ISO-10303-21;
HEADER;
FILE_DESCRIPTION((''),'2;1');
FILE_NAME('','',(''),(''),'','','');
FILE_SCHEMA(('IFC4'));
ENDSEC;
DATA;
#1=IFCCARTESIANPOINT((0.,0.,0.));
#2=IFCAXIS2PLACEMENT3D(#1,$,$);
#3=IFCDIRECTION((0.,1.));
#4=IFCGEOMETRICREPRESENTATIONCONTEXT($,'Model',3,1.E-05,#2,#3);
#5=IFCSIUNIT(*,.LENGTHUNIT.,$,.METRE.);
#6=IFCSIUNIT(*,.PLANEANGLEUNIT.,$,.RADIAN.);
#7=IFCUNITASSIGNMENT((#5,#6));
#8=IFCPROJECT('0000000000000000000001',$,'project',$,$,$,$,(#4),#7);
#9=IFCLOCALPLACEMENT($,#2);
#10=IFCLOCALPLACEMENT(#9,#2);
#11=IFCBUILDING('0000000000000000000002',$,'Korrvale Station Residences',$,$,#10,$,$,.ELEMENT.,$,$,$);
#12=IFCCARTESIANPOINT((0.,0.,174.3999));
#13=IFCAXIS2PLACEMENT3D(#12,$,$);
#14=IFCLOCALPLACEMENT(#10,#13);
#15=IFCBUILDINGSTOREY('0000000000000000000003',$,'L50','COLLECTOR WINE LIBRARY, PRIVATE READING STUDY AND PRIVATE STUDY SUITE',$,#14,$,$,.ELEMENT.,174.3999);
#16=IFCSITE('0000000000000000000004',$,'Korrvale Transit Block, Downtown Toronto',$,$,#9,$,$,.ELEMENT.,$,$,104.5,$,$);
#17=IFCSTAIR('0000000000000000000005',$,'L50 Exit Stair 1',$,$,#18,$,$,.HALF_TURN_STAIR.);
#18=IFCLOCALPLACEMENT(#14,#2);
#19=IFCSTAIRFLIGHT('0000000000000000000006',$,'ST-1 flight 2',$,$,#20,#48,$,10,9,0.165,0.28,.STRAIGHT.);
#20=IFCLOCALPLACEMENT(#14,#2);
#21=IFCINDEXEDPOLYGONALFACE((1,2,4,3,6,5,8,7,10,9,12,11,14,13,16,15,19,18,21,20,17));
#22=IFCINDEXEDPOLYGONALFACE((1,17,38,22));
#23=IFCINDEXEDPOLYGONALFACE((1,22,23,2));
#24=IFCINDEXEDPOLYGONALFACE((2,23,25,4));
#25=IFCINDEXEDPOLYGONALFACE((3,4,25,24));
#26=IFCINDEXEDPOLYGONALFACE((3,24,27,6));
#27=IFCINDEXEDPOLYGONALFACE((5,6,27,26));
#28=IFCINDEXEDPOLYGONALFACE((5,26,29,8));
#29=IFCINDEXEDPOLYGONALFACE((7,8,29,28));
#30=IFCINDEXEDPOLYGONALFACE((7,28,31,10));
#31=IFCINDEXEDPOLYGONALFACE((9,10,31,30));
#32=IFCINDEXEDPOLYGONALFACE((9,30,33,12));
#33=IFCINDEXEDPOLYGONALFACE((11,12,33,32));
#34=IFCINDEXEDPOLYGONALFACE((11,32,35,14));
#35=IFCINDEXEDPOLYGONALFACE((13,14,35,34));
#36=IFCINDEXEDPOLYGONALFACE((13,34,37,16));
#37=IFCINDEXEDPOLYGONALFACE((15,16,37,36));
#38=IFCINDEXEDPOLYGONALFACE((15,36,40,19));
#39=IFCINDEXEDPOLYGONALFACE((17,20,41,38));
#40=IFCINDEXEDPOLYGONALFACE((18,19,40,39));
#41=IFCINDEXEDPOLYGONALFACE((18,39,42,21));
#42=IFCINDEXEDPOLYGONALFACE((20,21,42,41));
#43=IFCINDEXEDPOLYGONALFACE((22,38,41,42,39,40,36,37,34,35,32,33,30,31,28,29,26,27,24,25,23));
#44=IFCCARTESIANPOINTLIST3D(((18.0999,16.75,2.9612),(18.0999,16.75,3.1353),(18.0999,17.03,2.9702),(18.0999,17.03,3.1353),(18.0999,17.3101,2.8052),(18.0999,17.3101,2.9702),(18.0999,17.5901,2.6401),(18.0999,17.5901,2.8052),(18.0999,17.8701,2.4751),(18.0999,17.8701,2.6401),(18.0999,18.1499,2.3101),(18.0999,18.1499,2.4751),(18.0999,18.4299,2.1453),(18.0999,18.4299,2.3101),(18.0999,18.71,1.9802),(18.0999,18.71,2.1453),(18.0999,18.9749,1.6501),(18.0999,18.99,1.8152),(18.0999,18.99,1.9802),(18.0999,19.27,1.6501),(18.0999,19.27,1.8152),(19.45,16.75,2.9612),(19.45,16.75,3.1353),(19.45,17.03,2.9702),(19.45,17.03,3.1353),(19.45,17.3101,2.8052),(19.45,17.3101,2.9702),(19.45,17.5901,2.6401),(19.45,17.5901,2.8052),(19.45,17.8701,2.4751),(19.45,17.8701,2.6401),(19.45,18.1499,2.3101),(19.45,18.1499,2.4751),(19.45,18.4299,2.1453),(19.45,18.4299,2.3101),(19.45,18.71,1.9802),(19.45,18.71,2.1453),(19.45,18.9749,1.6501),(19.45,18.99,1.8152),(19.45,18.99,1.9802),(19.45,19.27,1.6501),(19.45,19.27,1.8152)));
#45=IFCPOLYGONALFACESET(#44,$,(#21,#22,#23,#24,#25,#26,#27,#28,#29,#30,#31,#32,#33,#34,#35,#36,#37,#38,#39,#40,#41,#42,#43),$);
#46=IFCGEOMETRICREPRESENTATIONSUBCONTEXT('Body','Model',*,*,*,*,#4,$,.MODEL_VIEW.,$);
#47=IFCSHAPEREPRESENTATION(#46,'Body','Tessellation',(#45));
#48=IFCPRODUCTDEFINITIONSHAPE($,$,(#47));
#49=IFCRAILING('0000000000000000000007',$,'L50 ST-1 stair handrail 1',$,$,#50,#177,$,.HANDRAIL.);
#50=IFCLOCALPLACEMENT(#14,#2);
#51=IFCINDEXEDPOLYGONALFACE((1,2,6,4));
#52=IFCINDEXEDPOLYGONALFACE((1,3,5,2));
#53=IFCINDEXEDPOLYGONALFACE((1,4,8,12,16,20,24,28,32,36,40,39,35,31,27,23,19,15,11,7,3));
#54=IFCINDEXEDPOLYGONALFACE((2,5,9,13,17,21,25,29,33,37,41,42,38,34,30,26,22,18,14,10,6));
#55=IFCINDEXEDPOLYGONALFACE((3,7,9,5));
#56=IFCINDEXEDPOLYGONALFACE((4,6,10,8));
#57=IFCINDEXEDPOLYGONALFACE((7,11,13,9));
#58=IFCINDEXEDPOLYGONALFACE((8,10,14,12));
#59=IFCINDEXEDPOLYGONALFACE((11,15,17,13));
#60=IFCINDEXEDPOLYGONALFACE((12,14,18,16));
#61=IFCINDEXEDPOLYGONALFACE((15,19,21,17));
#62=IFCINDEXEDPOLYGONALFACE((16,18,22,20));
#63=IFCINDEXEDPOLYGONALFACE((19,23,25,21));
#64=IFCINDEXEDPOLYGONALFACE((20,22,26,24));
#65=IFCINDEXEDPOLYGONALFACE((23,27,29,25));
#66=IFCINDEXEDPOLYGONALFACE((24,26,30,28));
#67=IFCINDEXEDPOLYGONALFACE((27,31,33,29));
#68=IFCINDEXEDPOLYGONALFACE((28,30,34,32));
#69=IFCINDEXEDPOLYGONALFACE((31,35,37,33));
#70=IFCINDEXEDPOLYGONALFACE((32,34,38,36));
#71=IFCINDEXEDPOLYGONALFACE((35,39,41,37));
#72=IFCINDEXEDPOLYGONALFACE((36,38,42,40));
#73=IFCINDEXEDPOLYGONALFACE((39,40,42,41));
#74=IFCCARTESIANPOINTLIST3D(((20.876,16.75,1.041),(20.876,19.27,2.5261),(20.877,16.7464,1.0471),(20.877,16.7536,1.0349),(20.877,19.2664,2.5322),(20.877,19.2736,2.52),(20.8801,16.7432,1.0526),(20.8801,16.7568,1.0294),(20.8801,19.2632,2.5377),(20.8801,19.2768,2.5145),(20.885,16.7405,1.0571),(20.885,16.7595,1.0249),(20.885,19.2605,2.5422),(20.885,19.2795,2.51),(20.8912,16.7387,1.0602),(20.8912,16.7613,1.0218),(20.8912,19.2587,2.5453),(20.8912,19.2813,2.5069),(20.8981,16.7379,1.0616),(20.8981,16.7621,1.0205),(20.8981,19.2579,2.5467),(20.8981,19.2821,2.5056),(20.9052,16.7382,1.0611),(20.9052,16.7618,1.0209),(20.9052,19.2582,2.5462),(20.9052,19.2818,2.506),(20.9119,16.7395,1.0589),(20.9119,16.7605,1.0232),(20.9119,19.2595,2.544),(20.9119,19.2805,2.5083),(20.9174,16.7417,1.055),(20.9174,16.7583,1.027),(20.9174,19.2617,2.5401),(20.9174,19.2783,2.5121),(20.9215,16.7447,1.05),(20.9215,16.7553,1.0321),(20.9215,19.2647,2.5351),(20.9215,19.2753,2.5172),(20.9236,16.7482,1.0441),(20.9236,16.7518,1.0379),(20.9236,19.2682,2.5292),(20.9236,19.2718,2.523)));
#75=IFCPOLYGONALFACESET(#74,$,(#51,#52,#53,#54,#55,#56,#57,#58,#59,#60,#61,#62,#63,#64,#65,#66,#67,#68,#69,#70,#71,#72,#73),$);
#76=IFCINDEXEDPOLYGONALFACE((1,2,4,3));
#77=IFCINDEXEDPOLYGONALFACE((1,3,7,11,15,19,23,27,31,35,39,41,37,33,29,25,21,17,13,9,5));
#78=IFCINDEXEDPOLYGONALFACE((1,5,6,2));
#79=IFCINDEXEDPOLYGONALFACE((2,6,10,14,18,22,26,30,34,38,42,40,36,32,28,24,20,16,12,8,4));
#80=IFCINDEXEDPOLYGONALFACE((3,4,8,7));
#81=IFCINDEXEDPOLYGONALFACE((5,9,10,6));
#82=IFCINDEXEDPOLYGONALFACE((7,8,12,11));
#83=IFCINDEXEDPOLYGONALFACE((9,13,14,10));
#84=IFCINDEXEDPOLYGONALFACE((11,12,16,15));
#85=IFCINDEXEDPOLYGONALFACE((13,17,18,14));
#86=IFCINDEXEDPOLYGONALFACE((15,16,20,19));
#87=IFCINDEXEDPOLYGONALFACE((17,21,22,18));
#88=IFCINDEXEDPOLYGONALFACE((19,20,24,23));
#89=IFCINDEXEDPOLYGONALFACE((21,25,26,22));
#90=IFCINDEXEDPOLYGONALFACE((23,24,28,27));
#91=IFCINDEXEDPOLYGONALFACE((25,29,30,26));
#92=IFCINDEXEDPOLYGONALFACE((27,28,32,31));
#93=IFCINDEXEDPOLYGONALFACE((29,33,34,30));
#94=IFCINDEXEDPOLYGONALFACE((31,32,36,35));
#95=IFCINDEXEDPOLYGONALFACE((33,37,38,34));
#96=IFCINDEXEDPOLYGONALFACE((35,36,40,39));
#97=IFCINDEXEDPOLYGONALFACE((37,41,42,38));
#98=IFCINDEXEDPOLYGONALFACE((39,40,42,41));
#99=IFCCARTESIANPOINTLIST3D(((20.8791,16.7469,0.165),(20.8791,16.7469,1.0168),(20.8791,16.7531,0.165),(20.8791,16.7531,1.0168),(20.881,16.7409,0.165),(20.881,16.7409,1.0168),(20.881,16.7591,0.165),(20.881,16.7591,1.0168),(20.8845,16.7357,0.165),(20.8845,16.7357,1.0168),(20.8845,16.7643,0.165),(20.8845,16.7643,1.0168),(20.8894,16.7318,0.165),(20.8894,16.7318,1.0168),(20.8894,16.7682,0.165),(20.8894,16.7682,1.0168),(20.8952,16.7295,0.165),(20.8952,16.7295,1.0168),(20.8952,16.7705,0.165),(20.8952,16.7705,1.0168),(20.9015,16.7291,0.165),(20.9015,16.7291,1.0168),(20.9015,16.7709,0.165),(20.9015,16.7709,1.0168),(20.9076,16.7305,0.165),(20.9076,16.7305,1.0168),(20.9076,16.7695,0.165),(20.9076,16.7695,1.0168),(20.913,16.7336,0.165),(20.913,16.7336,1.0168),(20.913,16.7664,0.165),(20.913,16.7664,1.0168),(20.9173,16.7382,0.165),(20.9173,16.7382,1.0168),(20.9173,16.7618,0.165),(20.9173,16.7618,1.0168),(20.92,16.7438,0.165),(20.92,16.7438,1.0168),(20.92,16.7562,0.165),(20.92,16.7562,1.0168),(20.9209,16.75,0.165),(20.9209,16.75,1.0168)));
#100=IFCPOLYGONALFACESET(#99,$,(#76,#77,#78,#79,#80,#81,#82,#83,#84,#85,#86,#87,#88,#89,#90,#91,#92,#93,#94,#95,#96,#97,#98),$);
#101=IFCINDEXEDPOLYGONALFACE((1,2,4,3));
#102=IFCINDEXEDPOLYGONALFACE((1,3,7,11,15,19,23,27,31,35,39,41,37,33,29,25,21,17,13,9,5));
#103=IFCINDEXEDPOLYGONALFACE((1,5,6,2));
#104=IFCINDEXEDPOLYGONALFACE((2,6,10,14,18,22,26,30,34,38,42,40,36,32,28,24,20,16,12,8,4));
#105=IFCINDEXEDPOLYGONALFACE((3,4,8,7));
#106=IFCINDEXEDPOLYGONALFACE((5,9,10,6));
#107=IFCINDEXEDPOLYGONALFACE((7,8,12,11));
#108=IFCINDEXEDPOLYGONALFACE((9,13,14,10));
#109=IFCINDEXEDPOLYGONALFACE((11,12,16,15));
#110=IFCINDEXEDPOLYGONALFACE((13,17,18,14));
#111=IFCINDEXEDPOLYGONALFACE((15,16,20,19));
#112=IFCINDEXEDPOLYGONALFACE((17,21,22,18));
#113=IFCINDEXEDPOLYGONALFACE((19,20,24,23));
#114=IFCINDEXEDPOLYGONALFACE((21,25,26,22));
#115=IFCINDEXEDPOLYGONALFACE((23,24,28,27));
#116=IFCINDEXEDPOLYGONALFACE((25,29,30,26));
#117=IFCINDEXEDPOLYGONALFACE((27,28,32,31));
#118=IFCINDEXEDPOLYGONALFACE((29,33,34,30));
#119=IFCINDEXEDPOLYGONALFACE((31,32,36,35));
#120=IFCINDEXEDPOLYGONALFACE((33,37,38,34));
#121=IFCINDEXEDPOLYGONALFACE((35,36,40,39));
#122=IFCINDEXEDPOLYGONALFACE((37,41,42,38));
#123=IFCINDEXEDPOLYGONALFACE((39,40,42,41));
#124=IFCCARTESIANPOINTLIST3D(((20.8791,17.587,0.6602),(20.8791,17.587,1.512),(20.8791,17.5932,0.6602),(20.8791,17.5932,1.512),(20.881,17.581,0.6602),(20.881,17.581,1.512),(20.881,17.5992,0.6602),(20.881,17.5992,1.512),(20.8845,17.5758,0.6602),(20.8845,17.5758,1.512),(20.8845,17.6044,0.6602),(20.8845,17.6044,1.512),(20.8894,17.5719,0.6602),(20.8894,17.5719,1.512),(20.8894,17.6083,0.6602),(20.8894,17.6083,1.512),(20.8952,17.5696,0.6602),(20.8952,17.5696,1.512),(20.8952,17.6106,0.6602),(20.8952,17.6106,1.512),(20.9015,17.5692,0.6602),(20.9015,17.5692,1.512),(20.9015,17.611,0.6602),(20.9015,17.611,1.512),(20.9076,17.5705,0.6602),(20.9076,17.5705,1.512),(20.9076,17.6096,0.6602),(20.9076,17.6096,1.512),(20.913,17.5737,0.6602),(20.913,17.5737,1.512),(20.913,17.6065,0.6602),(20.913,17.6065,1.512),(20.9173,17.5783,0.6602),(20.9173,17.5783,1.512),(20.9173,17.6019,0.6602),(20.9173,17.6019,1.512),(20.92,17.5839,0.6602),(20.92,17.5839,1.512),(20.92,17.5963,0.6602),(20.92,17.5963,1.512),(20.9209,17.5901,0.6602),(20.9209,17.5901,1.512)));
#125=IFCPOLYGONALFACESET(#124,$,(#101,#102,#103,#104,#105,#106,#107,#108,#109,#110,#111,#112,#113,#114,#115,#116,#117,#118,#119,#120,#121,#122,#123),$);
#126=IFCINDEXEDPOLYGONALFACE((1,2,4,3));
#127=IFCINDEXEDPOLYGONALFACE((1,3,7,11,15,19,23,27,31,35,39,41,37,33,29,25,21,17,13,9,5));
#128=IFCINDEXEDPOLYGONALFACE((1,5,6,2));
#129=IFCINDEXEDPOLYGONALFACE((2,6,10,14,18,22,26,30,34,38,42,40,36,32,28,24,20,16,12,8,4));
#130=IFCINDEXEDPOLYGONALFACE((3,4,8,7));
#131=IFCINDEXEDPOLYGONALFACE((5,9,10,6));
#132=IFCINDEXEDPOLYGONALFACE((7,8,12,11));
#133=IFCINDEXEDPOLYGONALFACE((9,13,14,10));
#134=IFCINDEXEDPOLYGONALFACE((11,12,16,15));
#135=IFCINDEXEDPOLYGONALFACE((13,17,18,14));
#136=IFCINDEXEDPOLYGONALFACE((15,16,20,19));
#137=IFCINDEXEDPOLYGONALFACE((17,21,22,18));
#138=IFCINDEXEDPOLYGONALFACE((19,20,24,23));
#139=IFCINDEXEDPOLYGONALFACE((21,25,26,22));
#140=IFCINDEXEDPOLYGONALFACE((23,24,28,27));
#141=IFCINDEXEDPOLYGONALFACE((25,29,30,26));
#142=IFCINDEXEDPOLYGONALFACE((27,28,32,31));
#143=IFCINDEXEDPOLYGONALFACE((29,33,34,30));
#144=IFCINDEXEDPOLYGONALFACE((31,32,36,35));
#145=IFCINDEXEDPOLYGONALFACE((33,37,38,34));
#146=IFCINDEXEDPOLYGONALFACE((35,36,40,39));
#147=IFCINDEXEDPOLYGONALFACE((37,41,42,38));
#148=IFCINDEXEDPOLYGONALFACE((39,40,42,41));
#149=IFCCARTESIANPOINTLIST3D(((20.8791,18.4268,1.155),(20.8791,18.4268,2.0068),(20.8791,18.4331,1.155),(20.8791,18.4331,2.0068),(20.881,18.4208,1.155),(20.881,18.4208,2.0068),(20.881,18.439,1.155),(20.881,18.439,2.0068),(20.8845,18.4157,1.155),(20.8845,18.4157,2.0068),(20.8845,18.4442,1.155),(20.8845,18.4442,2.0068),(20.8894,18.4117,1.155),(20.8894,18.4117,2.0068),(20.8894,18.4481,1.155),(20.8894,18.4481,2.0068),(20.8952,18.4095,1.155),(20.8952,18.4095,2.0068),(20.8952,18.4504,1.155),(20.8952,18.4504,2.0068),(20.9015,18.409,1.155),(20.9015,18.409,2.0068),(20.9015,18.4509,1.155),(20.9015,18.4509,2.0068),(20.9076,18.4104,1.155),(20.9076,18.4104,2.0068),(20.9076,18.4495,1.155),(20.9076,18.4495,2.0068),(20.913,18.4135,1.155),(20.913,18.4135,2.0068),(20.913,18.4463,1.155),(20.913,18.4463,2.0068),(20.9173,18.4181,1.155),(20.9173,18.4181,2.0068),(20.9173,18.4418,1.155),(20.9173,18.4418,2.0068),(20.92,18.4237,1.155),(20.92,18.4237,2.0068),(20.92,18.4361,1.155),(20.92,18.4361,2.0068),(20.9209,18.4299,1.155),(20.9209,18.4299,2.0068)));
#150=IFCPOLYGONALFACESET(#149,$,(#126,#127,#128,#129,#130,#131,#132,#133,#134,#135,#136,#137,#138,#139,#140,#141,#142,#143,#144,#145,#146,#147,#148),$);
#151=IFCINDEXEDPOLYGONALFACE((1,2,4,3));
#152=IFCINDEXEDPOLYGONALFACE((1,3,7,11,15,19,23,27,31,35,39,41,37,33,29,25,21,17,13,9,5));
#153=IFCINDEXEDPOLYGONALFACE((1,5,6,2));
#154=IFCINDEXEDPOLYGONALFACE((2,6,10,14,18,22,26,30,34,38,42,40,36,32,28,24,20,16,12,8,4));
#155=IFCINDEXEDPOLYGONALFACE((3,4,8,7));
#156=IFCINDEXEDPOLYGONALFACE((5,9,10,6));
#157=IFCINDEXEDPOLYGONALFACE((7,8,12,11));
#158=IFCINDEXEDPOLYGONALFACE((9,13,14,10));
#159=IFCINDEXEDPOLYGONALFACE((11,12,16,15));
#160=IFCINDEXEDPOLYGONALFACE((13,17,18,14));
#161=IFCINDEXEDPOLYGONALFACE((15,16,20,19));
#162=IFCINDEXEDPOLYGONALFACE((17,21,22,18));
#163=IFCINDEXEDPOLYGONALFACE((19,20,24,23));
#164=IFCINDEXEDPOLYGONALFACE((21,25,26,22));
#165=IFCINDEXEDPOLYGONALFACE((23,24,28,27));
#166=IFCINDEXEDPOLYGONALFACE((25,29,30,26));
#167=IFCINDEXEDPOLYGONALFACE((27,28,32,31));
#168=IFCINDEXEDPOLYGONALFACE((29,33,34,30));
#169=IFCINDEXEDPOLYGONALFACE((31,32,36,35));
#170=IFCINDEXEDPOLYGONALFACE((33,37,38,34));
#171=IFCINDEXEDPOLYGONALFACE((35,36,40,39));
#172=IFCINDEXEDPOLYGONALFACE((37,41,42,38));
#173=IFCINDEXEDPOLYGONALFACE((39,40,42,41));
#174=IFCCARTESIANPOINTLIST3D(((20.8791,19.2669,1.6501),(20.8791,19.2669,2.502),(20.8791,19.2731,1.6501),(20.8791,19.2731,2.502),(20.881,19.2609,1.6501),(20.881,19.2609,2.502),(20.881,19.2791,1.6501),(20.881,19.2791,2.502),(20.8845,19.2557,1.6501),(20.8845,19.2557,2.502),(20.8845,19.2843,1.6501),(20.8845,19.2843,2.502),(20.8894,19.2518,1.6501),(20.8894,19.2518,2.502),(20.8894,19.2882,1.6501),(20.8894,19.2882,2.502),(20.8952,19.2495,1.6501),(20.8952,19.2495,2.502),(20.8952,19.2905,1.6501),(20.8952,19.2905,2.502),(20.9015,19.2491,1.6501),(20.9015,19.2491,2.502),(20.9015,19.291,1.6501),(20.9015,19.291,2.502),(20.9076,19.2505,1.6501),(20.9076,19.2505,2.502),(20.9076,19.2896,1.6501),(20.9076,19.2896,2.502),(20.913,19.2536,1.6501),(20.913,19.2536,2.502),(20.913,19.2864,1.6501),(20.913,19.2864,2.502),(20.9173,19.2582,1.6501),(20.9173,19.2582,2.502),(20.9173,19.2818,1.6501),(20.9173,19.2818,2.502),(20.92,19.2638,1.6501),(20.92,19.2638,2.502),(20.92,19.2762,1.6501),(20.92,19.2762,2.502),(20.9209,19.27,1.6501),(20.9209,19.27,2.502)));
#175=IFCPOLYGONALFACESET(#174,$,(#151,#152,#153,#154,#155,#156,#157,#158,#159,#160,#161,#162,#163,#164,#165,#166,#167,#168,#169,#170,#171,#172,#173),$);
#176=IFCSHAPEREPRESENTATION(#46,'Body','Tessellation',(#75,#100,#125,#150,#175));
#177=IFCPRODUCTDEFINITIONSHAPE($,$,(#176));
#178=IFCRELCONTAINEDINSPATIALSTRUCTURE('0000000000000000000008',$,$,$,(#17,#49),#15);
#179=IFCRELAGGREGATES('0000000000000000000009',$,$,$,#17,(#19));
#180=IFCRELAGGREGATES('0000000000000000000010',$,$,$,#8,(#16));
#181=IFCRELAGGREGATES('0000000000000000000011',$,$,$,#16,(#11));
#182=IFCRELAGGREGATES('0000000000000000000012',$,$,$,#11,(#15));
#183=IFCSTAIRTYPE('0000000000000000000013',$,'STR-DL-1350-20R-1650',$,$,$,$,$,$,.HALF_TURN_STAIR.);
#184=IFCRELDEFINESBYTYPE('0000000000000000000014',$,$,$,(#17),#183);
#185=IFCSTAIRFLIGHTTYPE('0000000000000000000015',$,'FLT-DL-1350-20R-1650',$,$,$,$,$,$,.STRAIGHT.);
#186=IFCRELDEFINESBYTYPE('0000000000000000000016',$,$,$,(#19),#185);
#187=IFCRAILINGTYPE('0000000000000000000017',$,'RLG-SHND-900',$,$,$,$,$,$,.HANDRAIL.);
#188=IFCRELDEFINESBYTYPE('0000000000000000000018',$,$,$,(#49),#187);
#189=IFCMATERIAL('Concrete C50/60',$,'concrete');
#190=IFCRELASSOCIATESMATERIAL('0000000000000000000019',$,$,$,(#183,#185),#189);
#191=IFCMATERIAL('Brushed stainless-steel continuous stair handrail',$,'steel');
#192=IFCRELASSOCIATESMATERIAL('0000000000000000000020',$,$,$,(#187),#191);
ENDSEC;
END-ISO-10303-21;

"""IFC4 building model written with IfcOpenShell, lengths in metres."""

from ifc_helpers import new_model, si_unit, direction, frame, origin, origin_2d, place, context, subcontext, project, spatial, polyline, circle, outline, extrude, material, type_object, element, aggregate, save


model = new_model("IFC4")

# Units and contexts
model_context = context("Model", 3, precision=1e-05, world=origin(), true_north=direction((0.0, 1.0)))
body_context = subcontext(model_context, "Body", "Model", "MODEL_VIEW")
ifc_project = project(units=[si_unit("LENGTHUNIT", "METRE"), si_unit("PLANEANGLEUNIT", "RADIAN")], contexts=[model_context])

# Site, building, storey
site_placement = place(None, origin())
site = spatial("IfcSite", under=ifc_project, at=site_placement, Name="Korrvale Transit Block, Downtown Toronto", CompositionType="ELEMENT", RefElevation=104.5)
building_placement = place(site_placement, origin())
building = spatial("IfcBuilding", under=site, at=building_placement, Name="Korrvale Station Residences", CompositionType="ELEMENT")
storey_placement = place(building_placement, frame((0.0, 0.0, 174.3999)))
storey = spatial("IfcBuildingStorey", under=building, at=storey_placement, Name="L50", Description="COLLECTOR WINE LIBRARY, PRIVATE READING STUDY AND PRIVATE STUDY SUITE", CompositionType="ELEMENT", Elevation=174.3999)

# Shared definitions
ifc_material_1 = material(Name="Concrete C50/60", Category="concrete")

# Stair, stair flight
stair_type = type_object("IfcStairType", Name="STR-DL-1350-20R-1650", PredefinedType="HALF_TURN_STAIR", material=ifc_material_1)
stair_placement = place(storey_placement, origin())
stair = element("IfcStair", 1, at=stair_placement, inside=storey, type_object=stair_type, Name="L50 Exit Stair 1", PredefinedType="HALF_TURN_STAIR")
stair_flight_type = type_object("IfcStairFlightType", Name="FLT-DL-1350-20R-1650", PredefinedType="STRAIGHT", material=ifc_material_1)
stair_flight_1_placement = place(storey_placement, frame((18.7749, 19.27, 1.6501), z_axis=(0.0, 0.0, 1.0), x_axis=(0.0, -1.0, 0.0)))
stair_flight_1 = element("IfcStairFlight", 2, at=stair_flight_1_placement, type_object=stair_flight_type, Name="ST-1 flight 2", NumberOfRisers=10, NumberOfTreads=9, PredefinedType="STRAIGHT", RiserHeight=0.165, TreadLength=0.28, context=body_context, shape_type="SweptSolid", body=[
    extrude(outline(polyline([(0.0, 0.0), (0.0, 0.165), (0.28, 0.165), (0.28, 0.3301), (0.5601, 0.3301), (0.5601, 0.4951), (0.8401, 0.4951), (0.8401, 0.6599), (1.1201, 0.6599), (1.1201, 0.825), (1.3999, 0.825), (1.3999, 0.99), (1.6799, 0.99), (1.6799, 1.155), (1.96, 1.155), (1.96, 1.3201), (2.24, 1.3201), (2.24, 1.4851), (2.52, 1.4851), (2.52, 1.6499), (2.52, 1.311), (0.2952, 0.0), (0.0, 0.0)])), frame((0.0, 0.675, 0.0), z_axis=(0.0, -1.0, 0.0), x_axis=(1.0, 0.0, 0.0)), (0.0, 0.0, 1.0), 1.3501),
])
aggregate(stair, [stair_flight_1])

# Railing
ifc_material_2 = material(Name="Brushed stainless-steel continuous stair handrail", Category="steel")
railing_type_1 = type_object("IfcRailingType", Name="RLG-SHND-900", PredefinedType="HANDRAIL", material=ifc_material_2)
railing_1_placement = place(storey_placement, frame((20.8999, 16.75, 0.165)))
element("IfcRailing", 3, at=railing_1_placement, inside=storey, type_object=railing_type_1, Name="L50 ST-1 stair handrail 1", PredefinedType="HANDRAIL", context=body_context, shape_type="SweptSolid", body=[
    extrude(circle(Radius=0.0239, at=origin_2d()), frame((0.0, 0.0, 0.876), z_axis=(0.0, 0.861524, 0.507717), x_axis=(-1.0, 0.0, 0.0)), (0.0, 0.0, 1.0), 2.925),
    extrude(circle(Radius=0.021, at=origin_2d()), origin(), (0.0, 0.0, 1.0), 0.8518),
    extrude(circle(Radius=0.021, at=origin_2d()), frame((0.0, 0.8401, 0.4951)), (0.0, 0.0, 1.0), 0.8518),
    extrude(circle(Radius=0.021, at=origin_2d()), frame((0.0, 1.6799, 0.99)), (0.0, 0.0, 1.0), 0.8518),
    extrude(circle(Radius=0.021, at=origin_2d()), frame((0.0, 2.52, 1.4851)), (0.0, 0.0, 1.0), 0.8518),
])

save(model, "model.ifc")
